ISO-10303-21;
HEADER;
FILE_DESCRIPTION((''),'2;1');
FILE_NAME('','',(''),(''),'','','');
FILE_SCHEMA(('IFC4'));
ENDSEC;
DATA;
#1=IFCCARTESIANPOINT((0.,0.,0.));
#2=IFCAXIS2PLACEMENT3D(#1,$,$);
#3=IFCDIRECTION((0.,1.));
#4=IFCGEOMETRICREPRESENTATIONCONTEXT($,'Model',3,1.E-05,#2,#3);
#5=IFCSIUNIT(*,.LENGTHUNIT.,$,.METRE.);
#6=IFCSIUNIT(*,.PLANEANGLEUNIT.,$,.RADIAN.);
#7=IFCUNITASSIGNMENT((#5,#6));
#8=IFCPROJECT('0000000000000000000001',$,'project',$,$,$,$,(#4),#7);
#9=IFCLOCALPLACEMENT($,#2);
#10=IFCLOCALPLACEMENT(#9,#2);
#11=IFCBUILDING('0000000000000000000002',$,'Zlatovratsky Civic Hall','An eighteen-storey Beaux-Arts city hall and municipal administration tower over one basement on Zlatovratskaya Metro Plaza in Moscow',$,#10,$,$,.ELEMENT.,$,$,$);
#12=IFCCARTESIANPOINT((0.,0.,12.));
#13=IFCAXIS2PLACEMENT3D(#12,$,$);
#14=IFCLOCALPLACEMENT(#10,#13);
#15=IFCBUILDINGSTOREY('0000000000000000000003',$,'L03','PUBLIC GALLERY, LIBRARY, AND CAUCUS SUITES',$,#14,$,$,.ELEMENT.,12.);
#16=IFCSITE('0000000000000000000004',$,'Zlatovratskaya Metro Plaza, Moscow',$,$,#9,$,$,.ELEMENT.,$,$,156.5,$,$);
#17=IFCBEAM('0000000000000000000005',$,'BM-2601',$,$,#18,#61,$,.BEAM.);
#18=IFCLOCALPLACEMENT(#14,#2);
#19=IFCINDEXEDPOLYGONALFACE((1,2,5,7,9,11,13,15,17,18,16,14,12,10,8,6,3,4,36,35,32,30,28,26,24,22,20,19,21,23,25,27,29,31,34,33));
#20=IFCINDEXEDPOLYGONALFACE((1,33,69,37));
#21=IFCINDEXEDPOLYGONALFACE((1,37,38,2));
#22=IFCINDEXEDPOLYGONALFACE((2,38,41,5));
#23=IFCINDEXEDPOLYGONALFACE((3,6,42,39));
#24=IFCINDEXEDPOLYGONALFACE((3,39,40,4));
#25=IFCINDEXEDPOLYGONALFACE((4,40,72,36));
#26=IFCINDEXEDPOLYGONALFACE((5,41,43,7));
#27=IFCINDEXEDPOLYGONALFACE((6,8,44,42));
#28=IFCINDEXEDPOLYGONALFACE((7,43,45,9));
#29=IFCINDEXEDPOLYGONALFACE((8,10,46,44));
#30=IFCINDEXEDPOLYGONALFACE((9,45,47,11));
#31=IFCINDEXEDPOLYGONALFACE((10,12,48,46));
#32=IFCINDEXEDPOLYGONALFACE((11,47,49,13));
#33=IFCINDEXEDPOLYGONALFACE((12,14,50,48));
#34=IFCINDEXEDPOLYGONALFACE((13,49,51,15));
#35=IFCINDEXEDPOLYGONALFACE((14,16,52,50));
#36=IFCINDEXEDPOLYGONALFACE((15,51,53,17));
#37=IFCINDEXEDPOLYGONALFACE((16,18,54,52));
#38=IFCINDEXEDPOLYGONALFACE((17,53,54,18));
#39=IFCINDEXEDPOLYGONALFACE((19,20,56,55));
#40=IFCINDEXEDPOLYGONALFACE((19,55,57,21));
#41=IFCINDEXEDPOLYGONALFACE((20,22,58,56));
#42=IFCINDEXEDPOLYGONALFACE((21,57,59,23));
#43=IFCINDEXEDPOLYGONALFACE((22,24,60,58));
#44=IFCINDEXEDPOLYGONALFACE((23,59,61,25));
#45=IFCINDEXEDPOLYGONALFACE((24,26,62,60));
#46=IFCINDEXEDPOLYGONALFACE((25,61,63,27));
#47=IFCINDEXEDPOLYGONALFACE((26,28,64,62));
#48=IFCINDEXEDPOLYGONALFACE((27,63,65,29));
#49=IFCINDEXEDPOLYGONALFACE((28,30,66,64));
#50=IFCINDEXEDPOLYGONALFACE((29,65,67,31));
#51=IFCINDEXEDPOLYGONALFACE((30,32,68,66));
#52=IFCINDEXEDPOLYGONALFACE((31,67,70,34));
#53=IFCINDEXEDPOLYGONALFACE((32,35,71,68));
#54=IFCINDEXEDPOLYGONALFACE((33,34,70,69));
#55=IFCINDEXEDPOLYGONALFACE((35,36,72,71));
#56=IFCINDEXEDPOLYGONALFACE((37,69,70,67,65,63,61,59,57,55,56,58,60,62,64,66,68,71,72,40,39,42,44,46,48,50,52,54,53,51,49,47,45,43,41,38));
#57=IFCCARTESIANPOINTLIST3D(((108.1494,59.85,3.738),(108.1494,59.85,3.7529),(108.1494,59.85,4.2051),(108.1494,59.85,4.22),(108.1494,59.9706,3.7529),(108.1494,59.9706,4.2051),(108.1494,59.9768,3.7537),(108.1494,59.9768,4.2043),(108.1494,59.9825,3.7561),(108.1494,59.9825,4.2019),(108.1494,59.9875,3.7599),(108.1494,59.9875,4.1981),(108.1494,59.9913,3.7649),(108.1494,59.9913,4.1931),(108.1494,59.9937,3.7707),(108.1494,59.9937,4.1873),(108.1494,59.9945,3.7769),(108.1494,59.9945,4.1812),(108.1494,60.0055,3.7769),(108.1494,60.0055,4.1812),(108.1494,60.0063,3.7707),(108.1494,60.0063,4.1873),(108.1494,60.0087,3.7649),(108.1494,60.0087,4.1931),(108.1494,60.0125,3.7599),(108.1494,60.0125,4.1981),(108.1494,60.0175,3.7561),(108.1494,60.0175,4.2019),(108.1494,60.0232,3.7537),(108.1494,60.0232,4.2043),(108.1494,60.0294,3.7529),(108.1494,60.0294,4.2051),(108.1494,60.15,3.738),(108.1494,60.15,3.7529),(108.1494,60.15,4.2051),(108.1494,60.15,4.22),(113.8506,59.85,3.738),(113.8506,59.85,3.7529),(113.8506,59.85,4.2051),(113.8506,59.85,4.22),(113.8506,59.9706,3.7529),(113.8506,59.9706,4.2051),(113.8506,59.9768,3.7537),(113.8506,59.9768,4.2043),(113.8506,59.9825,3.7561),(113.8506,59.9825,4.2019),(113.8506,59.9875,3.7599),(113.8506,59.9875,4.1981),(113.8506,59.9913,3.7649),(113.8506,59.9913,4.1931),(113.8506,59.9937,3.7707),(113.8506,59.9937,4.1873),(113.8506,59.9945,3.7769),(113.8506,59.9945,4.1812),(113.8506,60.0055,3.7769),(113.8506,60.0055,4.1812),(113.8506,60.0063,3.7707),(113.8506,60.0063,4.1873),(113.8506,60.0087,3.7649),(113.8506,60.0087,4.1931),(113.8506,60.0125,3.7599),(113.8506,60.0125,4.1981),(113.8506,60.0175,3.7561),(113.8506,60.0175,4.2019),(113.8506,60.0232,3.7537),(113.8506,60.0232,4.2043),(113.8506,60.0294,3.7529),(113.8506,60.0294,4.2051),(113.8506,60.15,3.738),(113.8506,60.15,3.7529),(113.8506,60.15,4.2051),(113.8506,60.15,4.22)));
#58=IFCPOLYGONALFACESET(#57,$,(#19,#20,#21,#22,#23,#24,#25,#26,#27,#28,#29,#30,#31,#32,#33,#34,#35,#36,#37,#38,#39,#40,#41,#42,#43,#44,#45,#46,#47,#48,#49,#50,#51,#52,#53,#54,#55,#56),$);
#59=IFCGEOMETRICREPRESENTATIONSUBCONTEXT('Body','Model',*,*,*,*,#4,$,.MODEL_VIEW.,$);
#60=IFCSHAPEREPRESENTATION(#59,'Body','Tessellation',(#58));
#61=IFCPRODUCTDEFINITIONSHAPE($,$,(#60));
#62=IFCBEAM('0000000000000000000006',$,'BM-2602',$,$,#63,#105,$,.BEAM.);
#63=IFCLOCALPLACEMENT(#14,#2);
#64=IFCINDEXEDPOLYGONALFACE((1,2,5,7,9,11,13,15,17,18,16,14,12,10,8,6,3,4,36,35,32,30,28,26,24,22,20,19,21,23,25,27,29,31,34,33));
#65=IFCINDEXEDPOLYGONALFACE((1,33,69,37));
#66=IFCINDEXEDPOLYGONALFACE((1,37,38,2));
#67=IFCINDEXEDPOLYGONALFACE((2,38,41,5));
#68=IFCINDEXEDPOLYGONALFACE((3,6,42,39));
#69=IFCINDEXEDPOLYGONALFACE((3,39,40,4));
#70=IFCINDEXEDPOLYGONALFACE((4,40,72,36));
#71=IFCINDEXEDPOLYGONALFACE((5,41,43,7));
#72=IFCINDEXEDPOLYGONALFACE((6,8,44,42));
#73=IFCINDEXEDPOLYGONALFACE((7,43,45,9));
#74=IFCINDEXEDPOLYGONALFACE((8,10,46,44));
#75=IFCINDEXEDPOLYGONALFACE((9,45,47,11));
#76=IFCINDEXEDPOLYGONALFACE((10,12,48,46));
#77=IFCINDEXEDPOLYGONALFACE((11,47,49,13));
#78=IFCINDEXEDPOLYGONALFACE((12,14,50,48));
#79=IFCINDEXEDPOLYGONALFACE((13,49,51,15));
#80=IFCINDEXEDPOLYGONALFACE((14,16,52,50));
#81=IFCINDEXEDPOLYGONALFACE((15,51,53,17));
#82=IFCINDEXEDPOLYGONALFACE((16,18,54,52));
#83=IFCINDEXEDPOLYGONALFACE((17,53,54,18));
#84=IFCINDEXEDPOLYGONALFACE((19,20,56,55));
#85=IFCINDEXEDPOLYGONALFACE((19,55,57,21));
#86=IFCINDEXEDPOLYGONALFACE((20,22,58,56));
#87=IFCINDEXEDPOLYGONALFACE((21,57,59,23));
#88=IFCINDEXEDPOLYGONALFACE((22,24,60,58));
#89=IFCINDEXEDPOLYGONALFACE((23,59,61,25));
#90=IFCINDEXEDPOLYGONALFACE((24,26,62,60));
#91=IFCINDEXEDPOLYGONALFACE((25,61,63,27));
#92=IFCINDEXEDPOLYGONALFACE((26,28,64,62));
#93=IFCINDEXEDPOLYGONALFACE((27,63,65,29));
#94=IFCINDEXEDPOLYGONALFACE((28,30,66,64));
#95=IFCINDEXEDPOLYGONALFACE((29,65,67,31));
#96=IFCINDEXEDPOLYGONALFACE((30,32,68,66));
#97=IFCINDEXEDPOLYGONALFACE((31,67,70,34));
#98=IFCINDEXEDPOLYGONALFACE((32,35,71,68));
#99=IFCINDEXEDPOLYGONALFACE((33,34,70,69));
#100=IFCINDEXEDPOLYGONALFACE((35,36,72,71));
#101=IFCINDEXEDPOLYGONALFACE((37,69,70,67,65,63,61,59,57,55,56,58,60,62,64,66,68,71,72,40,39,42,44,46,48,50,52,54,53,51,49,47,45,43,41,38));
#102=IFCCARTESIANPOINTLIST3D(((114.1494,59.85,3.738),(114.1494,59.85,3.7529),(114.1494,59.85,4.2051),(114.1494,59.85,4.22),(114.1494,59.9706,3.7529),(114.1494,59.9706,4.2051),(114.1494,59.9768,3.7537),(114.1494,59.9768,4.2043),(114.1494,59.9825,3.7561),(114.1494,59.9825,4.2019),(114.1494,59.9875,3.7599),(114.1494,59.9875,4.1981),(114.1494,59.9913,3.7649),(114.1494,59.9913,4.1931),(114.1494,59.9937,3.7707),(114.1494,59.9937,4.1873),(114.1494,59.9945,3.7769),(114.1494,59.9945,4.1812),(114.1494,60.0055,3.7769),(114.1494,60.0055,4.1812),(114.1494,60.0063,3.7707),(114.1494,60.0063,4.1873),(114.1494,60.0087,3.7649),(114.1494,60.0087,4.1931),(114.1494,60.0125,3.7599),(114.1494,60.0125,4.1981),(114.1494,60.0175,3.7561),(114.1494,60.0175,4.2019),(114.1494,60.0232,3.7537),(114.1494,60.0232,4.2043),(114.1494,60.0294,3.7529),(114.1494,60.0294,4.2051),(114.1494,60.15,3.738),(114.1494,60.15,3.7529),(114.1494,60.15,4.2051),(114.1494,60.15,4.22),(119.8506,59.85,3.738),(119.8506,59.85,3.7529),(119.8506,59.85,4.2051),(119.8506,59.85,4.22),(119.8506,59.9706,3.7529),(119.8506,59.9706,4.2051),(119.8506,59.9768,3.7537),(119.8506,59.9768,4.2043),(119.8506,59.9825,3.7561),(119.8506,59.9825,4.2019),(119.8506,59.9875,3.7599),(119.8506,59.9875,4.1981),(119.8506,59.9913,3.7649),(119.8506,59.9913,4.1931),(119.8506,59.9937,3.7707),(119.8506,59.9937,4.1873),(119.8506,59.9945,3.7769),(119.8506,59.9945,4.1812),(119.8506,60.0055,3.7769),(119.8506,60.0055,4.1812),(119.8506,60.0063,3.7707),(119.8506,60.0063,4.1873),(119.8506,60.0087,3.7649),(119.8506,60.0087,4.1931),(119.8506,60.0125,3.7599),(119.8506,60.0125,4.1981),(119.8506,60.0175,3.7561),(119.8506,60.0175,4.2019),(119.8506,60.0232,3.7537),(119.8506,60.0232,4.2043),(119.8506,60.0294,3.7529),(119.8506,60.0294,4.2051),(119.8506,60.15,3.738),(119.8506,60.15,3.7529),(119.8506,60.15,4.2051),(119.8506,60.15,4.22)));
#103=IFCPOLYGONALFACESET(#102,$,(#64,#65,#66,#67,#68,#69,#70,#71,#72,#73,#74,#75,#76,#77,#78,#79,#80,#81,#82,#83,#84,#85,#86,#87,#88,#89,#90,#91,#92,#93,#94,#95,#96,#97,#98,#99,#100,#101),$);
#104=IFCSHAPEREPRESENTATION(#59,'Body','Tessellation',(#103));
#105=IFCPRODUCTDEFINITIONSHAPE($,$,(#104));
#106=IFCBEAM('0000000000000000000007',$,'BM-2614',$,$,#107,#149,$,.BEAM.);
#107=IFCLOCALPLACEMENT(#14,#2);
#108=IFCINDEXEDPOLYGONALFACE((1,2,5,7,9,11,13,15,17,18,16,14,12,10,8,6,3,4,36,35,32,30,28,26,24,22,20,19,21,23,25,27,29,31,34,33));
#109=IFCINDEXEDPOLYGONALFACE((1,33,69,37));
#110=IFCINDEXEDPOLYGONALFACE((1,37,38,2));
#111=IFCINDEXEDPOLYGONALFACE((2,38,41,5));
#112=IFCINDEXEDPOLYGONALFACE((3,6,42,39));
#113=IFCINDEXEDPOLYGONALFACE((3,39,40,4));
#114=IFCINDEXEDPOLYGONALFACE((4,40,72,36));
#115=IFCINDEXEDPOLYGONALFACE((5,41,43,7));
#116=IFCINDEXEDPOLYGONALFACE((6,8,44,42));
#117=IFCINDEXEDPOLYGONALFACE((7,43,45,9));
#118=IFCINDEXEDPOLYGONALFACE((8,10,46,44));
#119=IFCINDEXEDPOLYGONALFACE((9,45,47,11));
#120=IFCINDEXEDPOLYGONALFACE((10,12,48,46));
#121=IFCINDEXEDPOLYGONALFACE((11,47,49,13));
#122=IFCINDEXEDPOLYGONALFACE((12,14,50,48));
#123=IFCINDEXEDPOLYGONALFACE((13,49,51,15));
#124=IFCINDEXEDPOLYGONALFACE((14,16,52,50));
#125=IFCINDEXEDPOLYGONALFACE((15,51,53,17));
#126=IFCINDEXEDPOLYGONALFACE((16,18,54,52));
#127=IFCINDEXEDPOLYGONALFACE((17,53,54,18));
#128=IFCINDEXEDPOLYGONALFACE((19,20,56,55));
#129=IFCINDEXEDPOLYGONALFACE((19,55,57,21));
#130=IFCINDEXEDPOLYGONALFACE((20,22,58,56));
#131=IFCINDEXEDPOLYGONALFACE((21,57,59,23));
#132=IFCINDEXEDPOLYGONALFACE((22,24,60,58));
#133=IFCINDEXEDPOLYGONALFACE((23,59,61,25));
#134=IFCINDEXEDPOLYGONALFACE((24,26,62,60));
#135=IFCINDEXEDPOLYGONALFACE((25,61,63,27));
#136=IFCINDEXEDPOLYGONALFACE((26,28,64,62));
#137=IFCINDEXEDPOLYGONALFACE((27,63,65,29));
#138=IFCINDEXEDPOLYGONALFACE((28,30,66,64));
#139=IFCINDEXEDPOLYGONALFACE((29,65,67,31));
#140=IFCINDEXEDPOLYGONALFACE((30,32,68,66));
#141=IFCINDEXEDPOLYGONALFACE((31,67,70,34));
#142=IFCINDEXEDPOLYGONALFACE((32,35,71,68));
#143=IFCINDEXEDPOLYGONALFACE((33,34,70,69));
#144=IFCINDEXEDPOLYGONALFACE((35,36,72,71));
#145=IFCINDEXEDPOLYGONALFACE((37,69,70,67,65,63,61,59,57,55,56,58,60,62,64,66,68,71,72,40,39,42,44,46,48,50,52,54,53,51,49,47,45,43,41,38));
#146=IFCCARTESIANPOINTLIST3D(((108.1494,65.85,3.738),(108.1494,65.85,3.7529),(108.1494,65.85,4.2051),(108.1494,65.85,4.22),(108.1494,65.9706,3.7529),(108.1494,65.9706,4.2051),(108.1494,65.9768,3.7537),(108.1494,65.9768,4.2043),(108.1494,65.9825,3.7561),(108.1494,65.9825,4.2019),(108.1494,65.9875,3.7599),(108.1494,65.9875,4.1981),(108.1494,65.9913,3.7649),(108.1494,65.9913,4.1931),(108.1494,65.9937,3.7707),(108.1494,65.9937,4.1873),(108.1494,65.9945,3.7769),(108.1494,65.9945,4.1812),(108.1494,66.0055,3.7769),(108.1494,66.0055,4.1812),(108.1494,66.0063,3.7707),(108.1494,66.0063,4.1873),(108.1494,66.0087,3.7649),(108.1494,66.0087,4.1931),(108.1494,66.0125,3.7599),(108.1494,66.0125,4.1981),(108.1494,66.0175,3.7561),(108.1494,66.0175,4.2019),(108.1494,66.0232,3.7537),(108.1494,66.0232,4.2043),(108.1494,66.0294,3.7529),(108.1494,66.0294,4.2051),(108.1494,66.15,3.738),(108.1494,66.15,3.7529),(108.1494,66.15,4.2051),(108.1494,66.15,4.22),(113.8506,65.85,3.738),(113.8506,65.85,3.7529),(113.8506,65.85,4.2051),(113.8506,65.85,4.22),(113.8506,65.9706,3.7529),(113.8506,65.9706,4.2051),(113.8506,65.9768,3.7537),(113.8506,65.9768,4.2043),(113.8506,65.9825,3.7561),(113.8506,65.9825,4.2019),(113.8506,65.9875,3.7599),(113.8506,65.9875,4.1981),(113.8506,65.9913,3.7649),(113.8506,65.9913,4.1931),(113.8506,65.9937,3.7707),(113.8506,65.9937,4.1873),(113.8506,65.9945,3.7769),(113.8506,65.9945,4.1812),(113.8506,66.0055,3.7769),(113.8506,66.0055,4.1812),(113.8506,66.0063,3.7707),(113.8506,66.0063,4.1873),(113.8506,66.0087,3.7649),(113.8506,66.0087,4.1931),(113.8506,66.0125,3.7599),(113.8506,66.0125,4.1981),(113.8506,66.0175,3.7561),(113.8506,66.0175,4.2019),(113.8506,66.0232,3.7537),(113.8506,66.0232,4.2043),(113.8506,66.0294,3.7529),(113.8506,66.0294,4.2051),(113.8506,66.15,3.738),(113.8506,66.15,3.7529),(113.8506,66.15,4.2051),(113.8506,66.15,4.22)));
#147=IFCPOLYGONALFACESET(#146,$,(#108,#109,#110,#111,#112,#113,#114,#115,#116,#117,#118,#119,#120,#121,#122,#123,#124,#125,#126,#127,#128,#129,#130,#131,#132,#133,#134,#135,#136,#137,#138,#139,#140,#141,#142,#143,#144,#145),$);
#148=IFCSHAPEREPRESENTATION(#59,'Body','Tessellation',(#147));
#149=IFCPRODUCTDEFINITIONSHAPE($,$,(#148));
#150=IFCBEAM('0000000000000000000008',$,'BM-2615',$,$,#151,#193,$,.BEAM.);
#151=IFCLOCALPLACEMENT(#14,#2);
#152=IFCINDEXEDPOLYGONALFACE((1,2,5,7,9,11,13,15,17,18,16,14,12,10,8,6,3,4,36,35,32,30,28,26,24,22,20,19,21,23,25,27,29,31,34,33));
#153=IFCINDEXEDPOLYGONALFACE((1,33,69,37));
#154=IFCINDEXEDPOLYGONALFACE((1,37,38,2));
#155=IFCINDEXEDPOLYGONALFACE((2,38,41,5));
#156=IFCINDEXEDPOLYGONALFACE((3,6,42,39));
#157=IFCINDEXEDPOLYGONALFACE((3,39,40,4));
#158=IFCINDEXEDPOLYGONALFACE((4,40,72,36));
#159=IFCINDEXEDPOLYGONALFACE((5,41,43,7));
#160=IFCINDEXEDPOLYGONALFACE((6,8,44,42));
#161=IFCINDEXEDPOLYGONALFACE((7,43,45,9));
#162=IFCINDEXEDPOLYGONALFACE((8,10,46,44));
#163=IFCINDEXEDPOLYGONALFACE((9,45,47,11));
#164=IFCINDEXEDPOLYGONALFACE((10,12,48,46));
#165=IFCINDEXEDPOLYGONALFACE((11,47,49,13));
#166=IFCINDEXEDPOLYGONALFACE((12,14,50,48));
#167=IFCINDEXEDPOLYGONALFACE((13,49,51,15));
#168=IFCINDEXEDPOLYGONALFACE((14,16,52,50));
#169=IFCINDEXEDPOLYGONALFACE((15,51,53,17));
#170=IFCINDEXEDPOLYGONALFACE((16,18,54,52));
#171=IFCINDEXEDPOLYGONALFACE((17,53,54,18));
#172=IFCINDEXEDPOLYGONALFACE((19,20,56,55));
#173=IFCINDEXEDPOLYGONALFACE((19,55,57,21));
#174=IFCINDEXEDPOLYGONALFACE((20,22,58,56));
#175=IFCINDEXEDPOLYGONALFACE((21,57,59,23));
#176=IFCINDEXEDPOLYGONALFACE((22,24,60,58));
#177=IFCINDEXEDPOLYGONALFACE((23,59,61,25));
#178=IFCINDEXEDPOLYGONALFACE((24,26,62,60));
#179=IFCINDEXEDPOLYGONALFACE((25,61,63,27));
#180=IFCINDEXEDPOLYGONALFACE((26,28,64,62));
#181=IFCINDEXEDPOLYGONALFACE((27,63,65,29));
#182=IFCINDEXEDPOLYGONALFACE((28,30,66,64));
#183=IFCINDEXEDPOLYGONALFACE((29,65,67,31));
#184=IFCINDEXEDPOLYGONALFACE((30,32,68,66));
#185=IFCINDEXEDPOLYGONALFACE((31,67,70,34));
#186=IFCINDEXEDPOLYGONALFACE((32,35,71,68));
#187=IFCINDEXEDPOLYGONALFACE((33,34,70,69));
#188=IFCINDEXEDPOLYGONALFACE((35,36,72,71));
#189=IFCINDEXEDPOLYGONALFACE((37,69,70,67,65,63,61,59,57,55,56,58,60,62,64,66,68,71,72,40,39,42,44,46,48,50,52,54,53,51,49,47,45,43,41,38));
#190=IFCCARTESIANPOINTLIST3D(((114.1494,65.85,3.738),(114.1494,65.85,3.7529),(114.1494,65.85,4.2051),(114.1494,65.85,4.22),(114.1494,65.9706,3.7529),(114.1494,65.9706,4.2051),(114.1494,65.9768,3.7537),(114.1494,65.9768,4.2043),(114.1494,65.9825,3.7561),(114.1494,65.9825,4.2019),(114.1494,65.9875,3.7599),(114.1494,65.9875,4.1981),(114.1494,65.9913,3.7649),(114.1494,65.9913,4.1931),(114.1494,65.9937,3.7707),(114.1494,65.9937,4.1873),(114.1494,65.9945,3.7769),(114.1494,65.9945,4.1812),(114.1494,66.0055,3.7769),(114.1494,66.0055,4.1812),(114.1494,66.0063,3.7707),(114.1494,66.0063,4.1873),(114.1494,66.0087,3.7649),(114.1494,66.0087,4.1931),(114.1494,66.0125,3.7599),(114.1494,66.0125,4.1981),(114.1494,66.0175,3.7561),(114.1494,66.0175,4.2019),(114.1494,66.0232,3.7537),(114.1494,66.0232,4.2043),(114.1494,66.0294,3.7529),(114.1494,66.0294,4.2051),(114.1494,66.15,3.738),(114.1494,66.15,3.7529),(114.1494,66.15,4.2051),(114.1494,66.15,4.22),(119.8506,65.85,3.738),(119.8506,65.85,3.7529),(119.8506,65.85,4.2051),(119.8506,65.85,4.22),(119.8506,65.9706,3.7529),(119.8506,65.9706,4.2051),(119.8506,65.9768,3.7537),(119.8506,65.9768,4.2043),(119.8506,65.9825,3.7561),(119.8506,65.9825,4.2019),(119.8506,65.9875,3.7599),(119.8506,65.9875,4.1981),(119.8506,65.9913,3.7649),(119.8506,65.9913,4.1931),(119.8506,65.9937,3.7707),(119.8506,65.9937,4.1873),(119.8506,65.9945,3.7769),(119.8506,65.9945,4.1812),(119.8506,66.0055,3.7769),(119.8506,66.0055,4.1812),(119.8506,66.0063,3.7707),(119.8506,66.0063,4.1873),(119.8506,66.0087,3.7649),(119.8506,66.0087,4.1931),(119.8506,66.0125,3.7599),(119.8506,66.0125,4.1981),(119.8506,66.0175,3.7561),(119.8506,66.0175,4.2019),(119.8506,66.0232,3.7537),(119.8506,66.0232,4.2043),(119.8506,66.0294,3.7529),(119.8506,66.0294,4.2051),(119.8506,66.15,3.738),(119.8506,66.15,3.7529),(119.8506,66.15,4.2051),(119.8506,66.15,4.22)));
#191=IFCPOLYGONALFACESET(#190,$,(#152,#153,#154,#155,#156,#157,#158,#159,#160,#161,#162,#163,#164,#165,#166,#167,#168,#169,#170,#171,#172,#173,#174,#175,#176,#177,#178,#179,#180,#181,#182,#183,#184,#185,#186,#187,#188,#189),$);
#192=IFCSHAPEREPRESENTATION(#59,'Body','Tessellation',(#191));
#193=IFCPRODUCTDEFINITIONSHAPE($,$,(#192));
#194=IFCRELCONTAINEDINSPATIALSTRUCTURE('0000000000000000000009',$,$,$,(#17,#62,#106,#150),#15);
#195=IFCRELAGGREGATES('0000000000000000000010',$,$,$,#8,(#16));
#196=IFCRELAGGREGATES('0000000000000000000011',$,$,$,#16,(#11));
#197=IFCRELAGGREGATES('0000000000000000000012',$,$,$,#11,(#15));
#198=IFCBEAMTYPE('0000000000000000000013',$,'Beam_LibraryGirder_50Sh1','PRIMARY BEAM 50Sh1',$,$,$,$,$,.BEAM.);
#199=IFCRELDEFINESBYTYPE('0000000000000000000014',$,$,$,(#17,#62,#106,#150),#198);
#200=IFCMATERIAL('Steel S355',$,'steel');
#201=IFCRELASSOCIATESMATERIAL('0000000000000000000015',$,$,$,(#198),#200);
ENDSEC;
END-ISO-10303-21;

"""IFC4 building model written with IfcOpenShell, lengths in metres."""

from ifc_helpers import new_model, si_unit, direction, frame, origin, origin_2d, place, context, subcontext, project, spatial, i_section, extrude, material, material_profile, profile_set, type_object, element, save


model = new_model("IFC4")

# Units and contexts
model_context = context("Model", 3, precision=1e-05, world=origin(), true_north=direction((0.0, 1.0)))
body_context = subcontext(model_context, "Body", "Model", "MODEL_VIEW")
ifc_project = project(units=[si_unit("LENGTHUNIT", "METRE"), si_unit("PLANEANGLEUNIT", "RADIAN")], contexts=[model_context])

# Site, building, storey
site_placement = place(None, origin())
site = spatial("IfcSite", under=ifc_project, at=site_placement, Name="Zlatovratskaya Metro Plaza, Moscow", CompositionType="ELEMENT", RefElevation=156.5)
building_placement = place(site_placement, origin())
building = spatial("IfcBuilding", under=site, at=building_placement, Name="Zlatovratsky Civic Hall", Description="An eighteen-storey Beaux-Arts city hall and municipal administration tower over one basement on Zlatovratskaya Metro Plaza in Moscow", CompositionType="ELEMENT")
storey_placement = place(building_placement, frame((0.0, 0.0, 12.0)))
storey = spatial("IfcBuildingStorey", under=building, at=storey_placement, Name="L03", Description="PUBLIC GALLERY, LIBRARY, AND CAUCUS SUITES", CompositionType="ELEMENT", Elevation=12.0)

# Shared definitions
ifc_material_1 = material(Name="Steel S355", Category="steel")

# Beams
ifc_material_profile_1 = material_profile(ifc_material_1, i_section(OverallWidth=0.3, OverallDepth=0.4819, WebThickness=0.011, FlangeThickness=0.0149, FilletRadius=0.0239, at=origin_2d()), Name="50Sh1")
ifc_profile_set_1 = profile_set([ifc_material_profile_1], Name="Steel S355")
beam_type_1 = type_object("IfcBeamType", Name="Beam_LibraryGirder_50Sh1", Description="PRIMARY BEAM 50Sh1", PredefinedType="BEAM", material=ifc_profile_set_1)
for number, where, z_axis, x_axis, name in (
    (1, (108.1494, 60.0, 3.979), (1.0, 0.0, 0.0), (0.0, 1.0, 0.0), "BM-2601"),
    (2, (114.1494, 60.0, 3.979), (1.0, 0.0, 0.0), (0.0, 1.0, 0.0), "BM-2602"),
    (3, (108.1494, 66.0, 3.979), (1.0, 0.0, 0.0), (0.0, 1.0, 0.0), "BM-2614"),
    (4, (114.1494, 66.0, 3.979), (1.0, 0.0, 0.0), (0.0, 1.0, 0.0), "BM-2615"),
):
    element("IfcBeam", number, at=place(storey_placement, frame(where, z_axis=z_axis, x_axis=x_axis)), inside=storey, type_object=beam_type_1, Name=name, PredefinedType="BEAM", context=body_context, shape_type="SweptSolid", body=[
        extrude(i_section(OverallWidth=0.3, OverallDepth=0.4819, WebThickness=0.011, FlangeThickness=0.0149, FilletRadius=0.0239, at=origin_2d()), origin(), (0.0, 0.0, 1.0), 5.7012),
    ])

save(model, "model.ifc")
